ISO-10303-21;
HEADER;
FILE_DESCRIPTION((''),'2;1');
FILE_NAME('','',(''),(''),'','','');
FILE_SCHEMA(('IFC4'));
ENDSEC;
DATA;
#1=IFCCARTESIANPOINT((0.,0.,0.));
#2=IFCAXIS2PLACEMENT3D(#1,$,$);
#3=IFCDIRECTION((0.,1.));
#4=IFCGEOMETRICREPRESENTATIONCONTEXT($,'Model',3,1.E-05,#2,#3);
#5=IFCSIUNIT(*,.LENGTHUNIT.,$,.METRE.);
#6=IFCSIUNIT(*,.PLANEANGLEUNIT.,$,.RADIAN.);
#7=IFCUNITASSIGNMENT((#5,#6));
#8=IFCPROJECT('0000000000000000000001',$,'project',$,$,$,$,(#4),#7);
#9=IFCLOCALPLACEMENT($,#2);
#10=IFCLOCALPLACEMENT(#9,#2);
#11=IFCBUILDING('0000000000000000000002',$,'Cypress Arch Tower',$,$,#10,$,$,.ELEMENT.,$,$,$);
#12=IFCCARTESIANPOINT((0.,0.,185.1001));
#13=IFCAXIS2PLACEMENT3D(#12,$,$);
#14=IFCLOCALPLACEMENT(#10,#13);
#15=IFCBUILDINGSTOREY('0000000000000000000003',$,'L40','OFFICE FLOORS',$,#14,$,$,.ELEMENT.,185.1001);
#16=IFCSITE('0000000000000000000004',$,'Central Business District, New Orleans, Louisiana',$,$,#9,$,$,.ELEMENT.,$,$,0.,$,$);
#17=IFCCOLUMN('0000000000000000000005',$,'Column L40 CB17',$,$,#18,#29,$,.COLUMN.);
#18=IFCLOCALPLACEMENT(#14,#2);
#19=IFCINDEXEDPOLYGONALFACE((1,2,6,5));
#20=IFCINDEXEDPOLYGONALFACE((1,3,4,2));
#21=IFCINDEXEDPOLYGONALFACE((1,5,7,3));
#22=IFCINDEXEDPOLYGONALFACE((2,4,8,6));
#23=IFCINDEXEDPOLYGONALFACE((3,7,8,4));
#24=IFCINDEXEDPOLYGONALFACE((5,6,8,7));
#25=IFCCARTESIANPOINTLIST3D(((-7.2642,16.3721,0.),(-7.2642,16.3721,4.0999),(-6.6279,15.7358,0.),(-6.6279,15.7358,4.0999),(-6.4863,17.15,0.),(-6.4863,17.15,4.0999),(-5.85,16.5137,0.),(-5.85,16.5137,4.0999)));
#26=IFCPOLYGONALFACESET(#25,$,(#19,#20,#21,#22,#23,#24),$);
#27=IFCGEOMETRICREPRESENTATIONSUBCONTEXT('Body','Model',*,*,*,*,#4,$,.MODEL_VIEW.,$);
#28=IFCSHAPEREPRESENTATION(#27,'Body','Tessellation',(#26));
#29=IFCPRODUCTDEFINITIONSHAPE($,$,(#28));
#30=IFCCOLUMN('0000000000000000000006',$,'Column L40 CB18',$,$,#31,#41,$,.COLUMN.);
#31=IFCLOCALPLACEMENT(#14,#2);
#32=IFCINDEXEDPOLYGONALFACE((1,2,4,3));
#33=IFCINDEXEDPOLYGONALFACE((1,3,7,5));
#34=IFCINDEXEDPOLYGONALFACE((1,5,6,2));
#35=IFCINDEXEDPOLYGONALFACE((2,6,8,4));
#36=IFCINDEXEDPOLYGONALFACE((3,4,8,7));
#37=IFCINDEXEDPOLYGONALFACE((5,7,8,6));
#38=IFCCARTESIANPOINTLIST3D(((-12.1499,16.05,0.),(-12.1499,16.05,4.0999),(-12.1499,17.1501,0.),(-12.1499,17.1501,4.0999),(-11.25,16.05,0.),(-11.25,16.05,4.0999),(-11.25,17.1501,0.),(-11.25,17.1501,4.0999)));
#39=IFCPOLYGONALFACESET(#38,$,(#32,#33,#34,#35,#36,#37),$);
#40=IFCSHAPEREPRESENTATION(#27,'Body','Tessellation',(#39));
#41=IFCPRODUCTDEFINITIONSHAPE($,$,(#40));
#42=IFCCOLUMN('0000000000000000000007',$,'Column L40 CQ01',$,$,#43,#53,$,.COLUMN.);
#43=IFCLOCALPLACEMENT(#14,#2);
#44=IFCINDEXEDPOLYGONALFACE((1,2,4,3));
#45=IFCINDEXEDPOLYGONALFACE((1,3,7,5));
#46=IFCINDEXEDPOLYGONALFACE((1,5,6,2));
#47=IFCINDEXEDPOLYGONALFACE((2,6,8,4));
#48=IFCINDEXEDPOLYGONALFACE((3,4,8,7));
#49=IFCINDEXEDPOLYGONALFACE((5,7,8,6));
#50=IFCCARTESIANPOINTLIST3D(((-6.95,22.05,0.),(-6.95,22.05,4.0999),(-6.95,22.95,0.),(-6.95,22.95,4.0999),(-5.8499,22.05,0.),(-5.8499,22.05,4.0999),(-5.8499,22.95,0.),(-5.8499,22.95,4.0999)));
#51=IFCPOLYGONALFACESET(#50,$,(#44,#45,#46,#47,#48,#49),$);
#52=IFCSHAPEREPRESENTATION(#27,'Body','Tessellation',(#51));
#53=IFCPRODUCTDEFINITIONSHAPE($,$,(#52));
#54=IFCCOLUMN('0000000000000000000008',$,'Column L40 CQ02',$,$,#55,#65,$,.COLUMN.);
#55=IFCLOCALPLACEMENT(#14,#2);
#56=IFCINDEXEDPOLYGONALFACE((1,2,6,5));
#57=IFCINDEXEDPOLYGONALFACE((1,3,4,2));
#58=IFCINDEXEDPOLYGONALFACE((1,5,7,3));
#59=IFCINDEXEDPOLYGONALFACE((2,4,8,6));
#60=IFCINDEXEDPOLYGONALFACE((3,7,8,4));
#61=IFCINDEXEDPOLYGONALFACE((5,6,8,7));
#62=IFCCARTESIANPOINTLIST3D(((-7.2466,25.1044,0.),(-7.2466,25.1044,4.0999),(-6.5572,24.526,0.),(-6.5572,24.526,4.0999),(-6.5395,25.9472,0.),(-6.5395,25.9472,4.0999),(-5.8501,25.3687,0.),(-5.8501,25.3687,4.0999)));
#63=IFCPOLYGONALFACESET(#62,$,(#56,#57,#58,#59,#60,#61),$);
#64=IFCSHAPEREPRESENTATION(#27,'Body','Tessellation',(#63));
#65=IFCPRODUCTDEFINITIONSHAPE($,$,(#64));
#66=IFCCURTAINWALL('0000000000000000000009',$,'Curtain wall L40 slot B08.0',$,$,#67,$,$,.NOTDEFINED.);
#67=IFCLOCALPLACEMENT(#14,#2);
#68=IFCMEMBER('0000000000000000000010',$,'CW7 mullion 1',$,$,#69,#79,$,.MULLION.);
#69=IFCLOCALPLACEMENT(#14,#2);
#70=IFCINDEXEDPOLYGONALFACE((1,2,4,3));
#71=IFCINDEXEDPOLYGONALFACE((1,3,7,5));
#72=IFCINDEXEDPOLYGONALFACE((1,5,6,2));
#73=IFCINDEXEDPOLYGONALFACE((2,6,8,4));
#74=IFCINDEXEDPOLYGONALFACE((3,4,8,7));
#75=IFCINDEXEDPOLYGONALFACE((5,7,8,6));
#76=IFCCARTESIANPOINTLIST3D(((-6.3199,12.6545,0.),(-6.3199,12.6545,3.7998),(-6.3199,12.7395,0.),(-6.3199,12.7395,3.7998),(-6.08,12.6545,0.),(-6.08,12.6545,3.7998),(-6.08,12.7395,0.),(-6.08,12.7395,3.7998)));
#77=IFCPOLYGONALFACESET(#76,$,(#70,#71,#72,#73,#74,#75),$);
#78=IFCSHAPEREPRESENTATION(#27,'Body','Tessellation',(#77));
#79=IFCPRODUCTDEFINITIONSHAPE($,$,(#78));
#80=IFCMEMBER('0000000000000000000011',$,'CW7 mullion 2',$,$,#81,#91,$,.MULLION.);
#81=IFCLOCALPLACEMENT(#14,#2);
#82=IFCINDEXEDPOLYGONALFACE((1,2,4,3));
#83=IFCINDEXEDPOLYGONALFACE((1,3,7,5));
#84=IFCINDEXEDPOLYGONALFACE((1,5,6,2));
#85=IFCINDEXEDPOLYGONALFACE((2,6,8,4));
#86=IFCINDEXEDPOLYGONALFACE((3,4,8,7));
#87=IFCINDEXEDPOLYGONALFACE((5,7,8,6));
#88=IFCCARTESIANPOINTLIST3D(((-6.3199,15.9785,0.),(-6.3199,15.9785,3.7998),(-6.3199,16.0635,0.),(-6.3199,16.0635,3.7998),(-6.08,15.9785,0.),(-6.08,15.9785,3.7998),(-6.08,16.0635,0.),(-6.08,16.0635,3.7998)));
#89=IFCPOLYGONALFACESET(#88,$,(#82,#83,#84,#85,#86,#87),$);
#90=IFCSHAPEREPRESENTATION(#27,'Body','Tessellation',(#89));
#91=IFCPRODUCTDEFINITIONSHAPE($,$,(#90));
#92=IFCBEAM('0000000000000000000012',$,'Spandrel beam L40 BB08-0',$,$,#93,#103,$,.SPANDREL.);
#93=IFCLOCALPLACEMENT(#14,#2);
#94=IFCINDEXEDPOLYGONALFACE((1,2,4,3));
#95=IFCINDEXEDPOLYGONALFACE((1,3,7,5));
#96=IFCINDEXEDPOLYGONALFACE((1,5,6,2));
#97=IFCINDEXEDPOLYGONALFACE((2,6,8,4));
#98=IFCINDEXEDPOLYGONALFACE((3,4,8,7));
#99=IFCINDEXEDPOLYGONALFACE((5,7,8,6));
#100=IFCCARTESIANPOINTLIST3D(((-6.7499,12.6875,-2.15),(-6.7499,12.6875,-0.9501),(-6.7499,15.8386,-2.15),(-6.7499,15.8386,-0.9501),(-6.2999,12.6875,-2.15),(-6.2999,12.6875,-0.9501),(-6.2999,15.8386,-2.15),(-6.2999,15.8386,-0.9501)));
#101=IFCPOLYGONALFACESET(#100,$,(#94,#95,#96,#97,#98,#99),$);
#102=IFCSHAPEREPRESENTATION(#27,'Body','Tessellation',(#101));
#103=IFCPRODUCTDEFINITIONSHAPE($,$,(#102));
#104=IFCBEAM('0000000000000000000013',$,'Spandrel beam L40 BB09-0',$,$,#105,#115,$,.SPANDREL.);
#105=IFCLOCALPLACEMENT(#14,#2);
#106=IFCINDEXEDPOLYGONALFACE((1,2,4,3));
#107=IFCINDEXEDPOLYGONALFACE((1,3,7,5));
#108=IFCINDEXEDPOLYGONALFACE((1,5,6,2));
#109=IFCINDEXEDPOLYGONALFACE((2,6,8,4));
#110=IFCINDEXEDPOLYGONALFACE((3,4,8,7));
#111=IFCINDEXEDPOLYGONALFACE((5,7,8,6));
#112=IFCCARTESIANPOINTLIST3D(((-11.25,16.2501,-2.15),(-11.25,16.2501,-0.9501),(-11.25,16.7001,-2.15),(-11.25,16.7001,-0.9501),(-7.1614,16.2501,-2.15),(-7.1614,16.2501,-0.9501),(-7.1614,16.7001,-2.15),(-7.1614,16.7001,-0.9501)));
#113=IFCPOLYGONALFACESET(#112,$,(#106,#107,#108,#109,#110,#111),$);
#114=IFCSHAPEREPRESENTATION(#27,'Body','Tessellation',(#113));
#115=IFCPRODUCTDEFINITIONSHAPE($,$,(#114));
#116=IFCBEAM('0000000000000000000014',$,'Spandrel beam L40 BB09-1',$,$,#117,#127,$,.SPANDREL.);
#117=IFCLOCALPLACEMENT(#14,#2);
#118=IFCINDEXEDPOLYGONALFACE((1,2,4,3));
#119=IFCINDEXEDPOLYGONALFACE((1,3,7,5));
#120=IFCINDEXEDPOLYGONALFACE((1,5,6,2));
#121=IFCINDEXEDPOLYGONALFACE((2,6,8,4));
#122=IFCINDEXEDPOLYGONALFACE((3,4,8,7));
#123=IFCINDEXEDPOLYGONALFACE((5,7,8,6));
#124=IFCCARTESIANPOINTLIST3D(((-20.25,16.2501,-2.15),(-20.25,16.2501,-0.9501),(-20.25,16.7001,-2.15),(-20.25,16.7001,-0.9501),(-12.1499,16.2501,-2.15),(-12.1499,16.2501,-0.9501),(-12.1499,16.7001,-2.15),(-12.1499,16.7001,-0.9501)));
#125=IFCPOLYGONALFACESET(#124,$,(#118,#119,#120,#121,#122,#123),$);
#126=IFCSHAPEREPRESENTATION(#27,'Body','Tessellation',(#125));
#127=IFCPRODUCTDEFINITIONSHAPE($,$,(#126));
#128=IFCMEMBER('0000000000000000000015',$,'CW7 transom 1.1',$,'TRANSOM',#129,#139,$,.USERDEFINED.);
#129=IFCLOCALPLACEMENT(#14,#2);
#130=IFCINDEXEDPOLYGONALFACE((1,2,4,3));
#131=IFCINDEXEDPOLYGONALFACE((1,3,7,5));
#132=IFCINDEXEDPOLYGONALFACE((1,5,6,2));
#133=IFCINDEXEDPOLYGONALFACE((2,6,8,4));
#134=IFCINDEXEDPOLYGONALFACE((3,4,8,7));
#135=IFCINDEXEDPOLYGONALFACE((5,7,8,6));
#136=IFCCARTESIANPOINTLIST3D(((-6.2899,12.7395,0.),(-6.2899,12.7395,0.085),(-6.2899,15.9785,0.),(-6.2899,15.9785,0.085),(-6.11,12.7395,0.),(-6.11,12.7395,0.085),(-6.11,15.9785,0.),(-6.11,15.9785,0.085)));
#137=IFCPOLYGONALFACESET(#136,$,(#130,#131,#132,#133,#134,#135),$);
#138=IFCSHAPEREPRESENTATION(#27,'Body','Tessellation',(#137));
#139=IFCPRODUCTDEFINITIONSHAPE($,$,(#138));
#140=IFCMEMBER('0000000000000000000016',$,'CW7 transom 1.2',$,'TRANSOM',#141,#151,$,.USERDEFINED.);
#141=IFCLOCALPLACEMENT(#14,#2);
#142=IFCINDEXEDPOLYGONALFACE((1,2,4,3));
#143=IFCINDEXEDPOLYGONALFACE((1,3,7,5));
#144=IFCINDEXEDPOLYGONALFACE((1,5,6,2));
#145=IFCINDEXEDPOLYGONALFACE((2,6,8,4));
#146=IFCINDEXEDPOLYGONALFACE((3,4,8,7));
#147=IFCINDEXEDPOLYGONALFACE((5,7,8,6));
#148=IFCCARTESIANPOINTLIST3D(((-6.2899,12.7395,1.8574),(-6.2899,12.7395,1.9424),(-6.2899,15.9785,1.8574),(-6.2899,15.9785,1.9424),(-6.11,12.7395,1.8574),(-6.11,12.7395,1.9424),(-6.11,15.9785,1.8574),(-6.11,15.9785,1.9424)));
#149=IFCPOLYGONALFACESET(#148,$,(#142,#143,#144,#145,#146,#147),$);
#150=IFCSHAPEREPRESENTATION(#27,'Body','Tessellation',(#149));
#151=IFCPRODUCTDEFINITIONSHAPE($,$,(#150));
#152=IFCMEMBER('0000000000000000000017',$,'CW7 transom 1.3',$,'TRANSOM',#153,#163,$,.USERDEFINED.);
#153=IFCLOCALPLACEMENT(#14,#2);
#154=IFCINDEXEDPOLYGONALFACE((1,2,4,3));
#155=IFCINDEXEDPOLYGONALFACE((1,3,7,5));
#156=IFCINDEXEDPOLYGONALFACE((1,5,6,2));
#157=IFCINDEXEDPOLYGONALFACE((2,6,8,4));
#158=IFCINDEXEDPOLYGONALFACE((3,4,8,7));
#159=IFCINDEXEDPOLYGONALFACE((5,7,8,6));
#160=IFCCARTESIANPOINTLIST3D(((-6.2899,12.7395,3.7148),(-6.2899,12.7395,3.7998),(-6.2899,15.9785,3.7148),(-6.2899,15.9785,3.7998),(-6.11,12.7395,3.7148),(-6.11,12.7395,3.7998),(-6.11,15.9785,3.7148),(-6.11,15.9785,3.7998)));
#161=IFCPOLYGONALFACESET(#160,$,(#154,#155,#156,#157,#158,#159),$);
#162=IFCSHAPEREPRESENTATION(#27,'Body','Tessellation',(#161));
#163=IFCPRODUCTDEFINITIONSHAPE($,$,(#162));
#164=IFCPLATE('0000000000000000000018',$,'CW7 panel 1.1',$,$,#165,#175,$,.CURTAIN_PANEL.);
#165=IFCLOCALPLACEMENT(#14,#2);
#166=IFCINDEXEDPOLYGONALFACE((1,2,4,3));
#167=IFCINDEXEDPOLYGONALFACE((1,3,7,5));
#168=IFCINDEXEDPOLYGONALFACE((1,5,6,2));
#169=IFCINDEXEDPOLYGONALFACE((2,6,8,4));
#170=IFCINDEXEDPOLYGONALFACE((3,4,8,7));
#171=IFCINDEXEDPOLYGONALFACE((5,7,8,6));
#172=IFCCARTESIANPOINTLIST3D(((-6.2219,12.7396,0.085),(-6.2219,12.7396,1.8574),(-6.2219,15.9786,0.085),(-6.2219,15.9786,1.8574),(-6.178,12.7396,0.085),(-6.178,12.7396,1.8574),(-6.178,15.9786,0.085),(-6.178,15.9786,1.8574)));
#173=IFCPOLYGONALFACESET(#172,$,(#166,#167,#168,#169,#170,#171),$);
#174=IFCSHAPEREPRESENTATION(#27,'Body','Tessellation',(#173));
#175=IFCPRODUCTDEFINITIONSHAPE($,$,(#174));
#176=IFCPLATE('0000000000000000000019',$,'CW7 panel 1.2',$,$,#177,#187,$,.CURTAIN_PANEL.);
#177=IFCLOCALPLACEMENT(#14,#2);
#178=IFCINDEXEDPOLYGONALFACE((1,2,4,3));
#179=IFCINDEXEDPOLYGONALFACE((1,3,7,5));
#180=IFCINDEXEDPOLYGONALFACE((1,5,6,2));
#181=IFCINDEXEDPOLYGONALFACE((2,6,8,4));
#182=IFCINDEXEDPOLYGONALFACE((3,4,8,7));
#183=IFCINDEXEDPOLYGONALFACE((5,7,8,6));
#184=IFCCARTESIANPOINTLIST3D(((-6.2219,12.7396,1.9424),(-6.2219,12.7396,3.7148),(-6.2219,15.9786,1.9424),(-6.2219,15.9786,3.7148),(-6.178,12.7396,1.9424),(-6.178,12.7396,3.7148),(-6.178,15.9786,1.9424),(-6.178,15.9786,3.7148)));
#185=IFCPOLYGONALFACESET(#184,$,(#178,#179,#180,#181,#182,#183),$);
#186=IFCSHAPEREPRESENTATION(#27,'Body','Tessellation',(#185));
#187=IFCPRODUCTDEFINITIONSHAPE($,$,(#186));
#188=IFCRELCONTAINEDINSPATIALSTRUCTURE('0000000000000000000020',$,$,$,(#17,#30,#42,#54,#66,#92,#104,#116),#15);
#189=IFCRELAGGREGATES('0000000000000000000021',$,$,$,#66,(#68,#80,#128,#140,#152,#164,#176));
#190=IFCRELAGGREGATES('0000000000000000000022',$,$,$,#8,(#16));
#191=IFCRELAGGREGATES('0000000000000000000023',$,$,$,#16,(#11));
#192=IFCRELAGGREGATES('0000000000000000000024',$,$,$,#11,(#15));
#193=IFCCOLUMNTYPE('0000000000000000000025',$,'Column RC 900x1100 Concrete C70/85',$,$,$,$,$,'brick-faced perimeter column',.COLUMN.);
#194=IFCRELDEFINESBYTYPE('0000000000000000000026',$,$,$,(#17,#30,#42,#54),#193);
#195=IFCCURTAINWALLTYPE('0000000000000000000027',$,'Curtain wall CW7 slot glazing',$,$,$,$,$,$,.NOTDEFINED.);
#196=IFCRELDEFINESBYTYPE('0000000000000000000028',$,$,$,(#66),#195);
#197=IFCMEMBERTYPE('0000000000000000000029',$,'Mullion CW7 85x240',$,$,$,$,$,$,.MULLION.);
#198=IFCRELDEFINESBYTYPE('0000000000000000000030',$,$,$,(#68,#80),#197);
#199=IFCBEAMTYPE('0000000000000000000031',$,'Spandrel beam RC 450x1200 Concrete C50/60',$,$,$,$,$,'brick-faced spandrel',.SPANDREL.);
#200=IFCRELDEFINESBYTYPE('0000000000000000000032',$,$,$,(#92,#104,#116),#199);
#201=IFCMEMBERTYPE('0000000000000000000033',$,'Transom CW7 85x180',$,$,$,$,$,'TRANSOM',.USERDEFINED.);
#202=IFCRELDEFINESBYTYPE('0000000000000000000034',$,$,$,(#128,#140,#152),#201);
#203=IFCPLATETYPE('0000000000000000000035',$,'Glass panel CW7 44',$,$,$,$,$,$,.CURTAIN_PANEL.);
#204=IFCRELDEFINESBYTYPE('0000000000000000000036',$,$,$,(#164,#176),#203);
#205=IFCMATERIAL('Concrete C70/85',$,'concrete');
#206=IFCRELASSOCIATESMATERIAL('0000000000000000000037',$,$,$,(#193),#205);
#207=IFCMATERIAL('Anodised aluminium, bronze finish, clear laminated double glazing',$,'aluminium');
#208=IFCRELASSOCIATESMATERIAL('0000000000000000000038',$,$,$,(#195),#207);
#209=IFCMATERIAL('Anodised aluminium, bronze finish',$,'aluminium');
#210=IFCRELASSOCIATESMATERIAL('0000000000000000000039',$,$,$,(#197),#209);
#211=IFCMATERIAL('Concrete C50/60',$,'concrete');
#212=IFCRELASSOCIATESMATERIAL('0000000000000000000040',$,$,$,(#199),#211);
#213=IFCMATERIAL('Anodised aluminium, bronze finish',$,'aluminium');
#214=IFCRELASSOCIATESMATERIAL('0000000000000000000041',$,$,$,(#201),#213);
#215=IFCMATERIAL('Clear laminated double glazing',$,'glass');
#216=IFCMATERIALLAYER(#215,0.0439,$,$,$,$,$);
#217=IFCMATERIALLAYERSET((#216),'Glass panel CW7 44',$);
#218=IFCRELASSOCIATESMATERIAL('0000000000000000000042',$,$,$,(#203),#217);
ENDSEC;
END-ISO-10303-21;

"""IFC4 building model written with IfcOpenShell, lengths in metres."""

from ifc_helpers import new_model, si_unit, direction, frame, origin, origin_2d, place, context, subcontext, project, spatial, rectangle, extrude, material, layer, layer_set, material_profile, profile_set, type_object, element, aggregate, save


model = new_model("IFC4")

# Units and contexts
model_context = context("Model", 3, precision=1e-05, world=origin(), true_north=direction((0.0, 1.0)))
body_context = subcontext(model_context, "Body", "Model", "MODEL_VIEW")
ifc_project = project(units=[si_unit("LENGTHUNIT", "METRE"), si_unit("PLANEANGLEUNIT", "RADIAN")], contexts=[model_context])

# Site, building, storey
site_placement = place(None, origin())
site = spatial("IfcSite", under=ifc_project, at=site_placement, Name="Central Business District, New Orleans, Louisiana", CompositionType="ELEMENT", RefElevation=0.0)
building_placement = place(site_placement, origin())
building = spatial("IfcBuilding", under=site, at=building_placement, Name="Cypress Arch Tower", CompositionType="ELEMENT")
storey_placement = place(building_placement, frame((0.0, 0.0, 185.1001)))
storey = spatial("IfcBuildingStorey", under=building, at=storey_placement, Name="L40", Description="OFFICE FLOORS", CompositionType="ELEMENT", Elevation=185.1001)

# Columns
ifc_material_1 = material(Name="Concrete C70/85", Category="concrete")
ifc_material_profile_1 = material_profile(ifc_material_1, rectangle(XDim=0.8999, YDim=1.1001, at=origin_2d()), Name="RC 900x1100")
ifc_profile_set_1 = profile_set([ifc_material_profile_1], Name="Concrete C70/85")
column_type = type_object("IfcColumnType", Name="Column RC 900x1100 Concrete C70/85", ElementType="brick-faced perimeter column", PredefinedType="COLUMN", material=ifc_profile_set_1)
for number, where, z_axis, x_axis, name in (
    (1, (-6.5571, 16.4429, 0.0), (0.0, 0.0, 1.0), (-0.707107, 0.707107, 0.0), "Column L40 CB17"),
    (2, (-11.7, 16.6001, 0.0), (0.0, 0.0, 1.0), (-1.0, 0.0, 0.0), "Column L40 CB18"),
    (3, (-6.3999, 22.5, 0.0), (0.0, 0.0, 1.0), (0.0, 1.0, 0.0), "Column L40 CQ01"),
    (4, (-6.5483, 25.2366, 0.0), (0.0, 0.0, 1.0), (-0.766064, 0.642765, 0.0), "Column L40 CQ02"),
):
    element("IfcColumn", number, at=place(storey_placement, frame(where, z_axis=z_axis, x_axis=x_axis)), inside=storey, type_object=column_type, Name=name, PredefinedType="COLUMN", context=body_context, shape_type="SweptSolid", body=[
        extrude(rectangle(XDim=0.8999, YDim=1.1001, at=origin_2d()), origin(), (0.0, 0.0, 1.0), 4.0999),
    ])

# Curtain wall, members
ifc_material_2 = material(Name="Anodised aluminium, bronze finish, clear laminated double glazing", Category="aluminium")
curtain_wall_type = type_object("IfcCurtainWallType", Name="Curtain wall CW7 slot glazing", PredefinedType="NOTDEFINED", material=ifc_material_2)
curtain_wall_placement = place(storey_placement, origin())
curtain_wall = element("IfcCurtainWall", 5, at=curtain_wall_placement, inside=storey, type_object=curtain_wall_type, Name="Curtain wall L40 slot B08.0", PredefinedType="NOTDEFINED")
ifc_material_3 = material(Name="Anodised aluminium, bronze finish", Category="aluminium")
ifc_material_profile_2 = material_profile(ifc_material_3, rectangle(XDim=0.24, YDim=0.085, at=origin_2d()), Name="Mullion 85x240")
ifc_profile_set_2 = profile_set([ifc_material_profile_2], Name="Anodised aluminium, bronze finish")
member_type_1 = type_object("IfcMemberType", Name="Mullion CW7 85x240", PredefinedType="MULLION", material=ifc_profile_set_2)
member_1_placement = place(storey_placement, frame((-6.2, 12.697, 0.0), z_axis=(0.0, 0.0, 1.0), x_axis=(-1.0, 0.0, 0.0)))
member_1 = element("IfcMember", 6, at=member_1_placement, type_object=member_type_1, Name="CW7 mullion 1", PredefinedType="MULLION", context=body_context, shape_type="SweptSolid", body=[
    extrude(rectangle(XDim=0.24, YDim=0.085, at=origin_2d()), origin(), (0.0, 0.0, 1.0), 3.7998),
])
member_2_placement = place(storey_placement, frame((-6.2, 16.021, 0.0), z_axis=(0.0, 0.0, 1.0), x_axis=(-1.0, 0.0, 0.0)))
member_2 = element("IfcMember", 7, at=member_2_placement, type_object=member_type_1, Name="CW7 mullion 2", PredefinedType="MULLION", context=body_context, shape_type="SweptSolid", body=[
    extrude(rectangle(XDim=0.24, YDim=0.085, at=origin_2d()), origin(), (0.0, 0.0, 1.0), 3.7998),
])

# Beams
ifc_material_4 = material(Name="Concrete C50/60", Category="concrete")
ifc_material_profile_3 = material_profile(ifc_material_4, rectangle(XDim=0.45, YDim=1.2, at=origin_2d()), Name="RC 450x1200")
ifc_profile_set_3 = profile_set([ifc_material_profile_3], Name="Concrete C50/60")
beam_type = type_object("IfcBeamType", Name="Spandrel beam RC 450x1200 Concrete C50/60", ElementType="brick-faced spandrel", PredefinedType="SPANDREL", material=ifc_profile_set_3)
beam_1_placement = place(storey_placement, frame((-6.5249, 12.6875, -1.55), z_axis=(0.0, 1.0, 0.0), x_axis=(-1.0, 0.0, 0.0)))
element("IfcBeam", 8, at=beam_1_placement, inside=storey, type_object=beam_type, Name="Spandrel beam L40 BB08-0", PredefinedType="SPANDREL", context=body_context, shape_type="SweptSolid", body=[
    extrude(rectangle(XDim=0.45, YDim=1.2, at=origin_2d()), origin(), (0.0, 0.0, 1.0), 3.1511),
])
beam_2_placement = place(storey_placement, frame((-7.1614, 16.4751, -1.55), z_axis=(-1.0, 0.0, 0.0), x_axis=(0.0, -1.0, 0.0)))
element("IfcBeam", 9, at=beam_2_placement, inside=storey, type_object=beam_type, Name="Spandrel beam L40 BB09-0", PredefinedType="SPANDREL", context=body_context, shape_type="SweptSolid", body=[
    extrude(rectangle(XDim=0.45, YDim=1.2, at=origin_2d()), origin(), (0.0, 0.0, 1.0), 4.0886),
])
beam_3_placement = place(storey_placement, frame((-12.1499, 16.4751, -1.55), z_axis=(-1.0, 0.0, 0.0), x_axis=(0.0, -1.0, 0.0)))
element("IfcBeam", 10, at=beam_3_placement, inside=storey, type_object=beam_type, Name="Spandrel beam L40 BB09-1", PredefinedType="SPANDREL", context=body_context, shape_type="SweptSolid", body=[
    extrude(rectangle(XDim=0.45, YDim=1.2, at=origin_2d()), origin(), (0.0, 0.0, 1.0), 8.1001),
])

# Members
ifc_material_5 = material(Name="Anodised aluminium, bronze finish", Category="aluminium")
ifc_material_profile_4 = material_profile(ifc_material_5, rectangle(XDim=0.1799, YDim=0.085, at=origin_2d()), Name="Transom 85x180")
ifc_profile_set_4 = profile_set([ifc_material_profile_4], Name="Anodised aluminium, bronze finish")
member_type_2 = type_object("IfcMemberType", Name="Transom CW7 85x180", ElementType="TRANSOM", PredefinedType="USERDEFINED", material=ifc_profile_set_4)
member_3_placement = place(storey_placement, frame((-6.2, 12.7395, 0.0425), z_axis=(0.0, 1.0, 0.0), x_axis=(-1.0, 0.0, 0.0)))
member_3 = element("IfcMember", 11, at=member_3_placement, type_object=member_type_2, Name="CW7 transom 1.1", ObjectType="TRANSOM", PredefinedType="USERDEFINED", context=body_context, shape_type="SweptSolid", body=[
    extrude(rectangle(XDim=0.1799, YDim=0.085, at=origin_2d()), origin(), (0.0, 0.0, 1.0), 3.239),
])
member_4_placement = place(storey_placement, frame((-6.2, 12.7395, 1.8999), z_axis=(0.0, 1.0, 0.0), x_axis=(-1.0, 0.0, 0.0)))
member_4 = element("IfcMember", 12, at=member_4_placement, type_object=member_type_2, Name="CW7 transom 1.2", ObjectType="TRANSOM", PredefinedType="USERDEFINED", context=body_context, shape_type="SweptSolid", body=[
    extrude(rectangle(XDim=0.1799, YDim=0.085, at=origin_2d()), origin(), (0.0, 0.0, 1.0), 3.239),
])
member_5_placement = place(storey_placement, frame((-6.2, 12.7395, 3.7573), z_axis=(0.0, 1.0, 0.0), x_axis=(-1.0, 0.0, 0.0)))
member_5 = element("IfcMember", 13, at=member_5_placement, type_object=member_type_2, Name="CW7 transom 1.3", ObjectType="TRANSOM", PredefinedType="USERDEFINED", context=body_context, shape_type="SweptSolid", body=[
    extrude(rectangle(XDim=0.1799, YDim=0.085, at=origin_2d()), origin(), (0.0, 0.0, 1.0), 3.239),
])

# Plates
ifc_material_6 = material(Name="Clear laminated double glazing", Category="glass")
ifc_layer_1 = layer(ifc_material_6, 0.0439)
ifc_layer_set_1 = layer_set([ifc_layer_1], Name="Glass panel CW7 44")
plate_type = type_object("IfcPlateType", Name="Glass panel CW7 44", PredefinedType="CURTAIN_PANEL", material=ifc_layer_set_1)
plate_1_placement = place(storey_placement, frame((-6.2, 14.3591, 0.085), z_axis=(0.0, 0.0, 1.0), x_axis=(0.0, 1.0, 0.0)))
plate_1 = element("IfcPlate", 14, at=plate_1_placement, type_object=plate_type, Name="CW7 panel 1.1", PredefinedType="CURTAIN_PANEL", context=body_context, shape_type="SweptSolid", body=[
    extrude(rectangle(XDim=3.239, YDim=0.0439, at=origin_2d()), origin(), (0.0, 0.0, 1.0), 1.7725),
])
plate_2_placement = place(storey_placement, frame((-6.2, 14.3591, 1.9424), z_axis=(0.0, 0.0, 1.0), x_axis=(0.0, 1.0, 0.0)))
plate_2 = element("IfcPlate", 15, at=plate_2_placement, type_object=plate_type, Name="CW7 panel 1.2", PredefinedType="CURTAIN_PANEL", context=body_context, shape_type="SweptSolid", body=[
    extrude(rectangle(XDim=3.239, YDim=0.0439, at=origin_2d()), origin(), (0.0, 0.0, 1.0), 1.7725),
])
aggregate(curtain_wall, [member_1, member_2, member_3, member_4, member_5, plate_1, plate_2])

save(model, "model.ifc")
